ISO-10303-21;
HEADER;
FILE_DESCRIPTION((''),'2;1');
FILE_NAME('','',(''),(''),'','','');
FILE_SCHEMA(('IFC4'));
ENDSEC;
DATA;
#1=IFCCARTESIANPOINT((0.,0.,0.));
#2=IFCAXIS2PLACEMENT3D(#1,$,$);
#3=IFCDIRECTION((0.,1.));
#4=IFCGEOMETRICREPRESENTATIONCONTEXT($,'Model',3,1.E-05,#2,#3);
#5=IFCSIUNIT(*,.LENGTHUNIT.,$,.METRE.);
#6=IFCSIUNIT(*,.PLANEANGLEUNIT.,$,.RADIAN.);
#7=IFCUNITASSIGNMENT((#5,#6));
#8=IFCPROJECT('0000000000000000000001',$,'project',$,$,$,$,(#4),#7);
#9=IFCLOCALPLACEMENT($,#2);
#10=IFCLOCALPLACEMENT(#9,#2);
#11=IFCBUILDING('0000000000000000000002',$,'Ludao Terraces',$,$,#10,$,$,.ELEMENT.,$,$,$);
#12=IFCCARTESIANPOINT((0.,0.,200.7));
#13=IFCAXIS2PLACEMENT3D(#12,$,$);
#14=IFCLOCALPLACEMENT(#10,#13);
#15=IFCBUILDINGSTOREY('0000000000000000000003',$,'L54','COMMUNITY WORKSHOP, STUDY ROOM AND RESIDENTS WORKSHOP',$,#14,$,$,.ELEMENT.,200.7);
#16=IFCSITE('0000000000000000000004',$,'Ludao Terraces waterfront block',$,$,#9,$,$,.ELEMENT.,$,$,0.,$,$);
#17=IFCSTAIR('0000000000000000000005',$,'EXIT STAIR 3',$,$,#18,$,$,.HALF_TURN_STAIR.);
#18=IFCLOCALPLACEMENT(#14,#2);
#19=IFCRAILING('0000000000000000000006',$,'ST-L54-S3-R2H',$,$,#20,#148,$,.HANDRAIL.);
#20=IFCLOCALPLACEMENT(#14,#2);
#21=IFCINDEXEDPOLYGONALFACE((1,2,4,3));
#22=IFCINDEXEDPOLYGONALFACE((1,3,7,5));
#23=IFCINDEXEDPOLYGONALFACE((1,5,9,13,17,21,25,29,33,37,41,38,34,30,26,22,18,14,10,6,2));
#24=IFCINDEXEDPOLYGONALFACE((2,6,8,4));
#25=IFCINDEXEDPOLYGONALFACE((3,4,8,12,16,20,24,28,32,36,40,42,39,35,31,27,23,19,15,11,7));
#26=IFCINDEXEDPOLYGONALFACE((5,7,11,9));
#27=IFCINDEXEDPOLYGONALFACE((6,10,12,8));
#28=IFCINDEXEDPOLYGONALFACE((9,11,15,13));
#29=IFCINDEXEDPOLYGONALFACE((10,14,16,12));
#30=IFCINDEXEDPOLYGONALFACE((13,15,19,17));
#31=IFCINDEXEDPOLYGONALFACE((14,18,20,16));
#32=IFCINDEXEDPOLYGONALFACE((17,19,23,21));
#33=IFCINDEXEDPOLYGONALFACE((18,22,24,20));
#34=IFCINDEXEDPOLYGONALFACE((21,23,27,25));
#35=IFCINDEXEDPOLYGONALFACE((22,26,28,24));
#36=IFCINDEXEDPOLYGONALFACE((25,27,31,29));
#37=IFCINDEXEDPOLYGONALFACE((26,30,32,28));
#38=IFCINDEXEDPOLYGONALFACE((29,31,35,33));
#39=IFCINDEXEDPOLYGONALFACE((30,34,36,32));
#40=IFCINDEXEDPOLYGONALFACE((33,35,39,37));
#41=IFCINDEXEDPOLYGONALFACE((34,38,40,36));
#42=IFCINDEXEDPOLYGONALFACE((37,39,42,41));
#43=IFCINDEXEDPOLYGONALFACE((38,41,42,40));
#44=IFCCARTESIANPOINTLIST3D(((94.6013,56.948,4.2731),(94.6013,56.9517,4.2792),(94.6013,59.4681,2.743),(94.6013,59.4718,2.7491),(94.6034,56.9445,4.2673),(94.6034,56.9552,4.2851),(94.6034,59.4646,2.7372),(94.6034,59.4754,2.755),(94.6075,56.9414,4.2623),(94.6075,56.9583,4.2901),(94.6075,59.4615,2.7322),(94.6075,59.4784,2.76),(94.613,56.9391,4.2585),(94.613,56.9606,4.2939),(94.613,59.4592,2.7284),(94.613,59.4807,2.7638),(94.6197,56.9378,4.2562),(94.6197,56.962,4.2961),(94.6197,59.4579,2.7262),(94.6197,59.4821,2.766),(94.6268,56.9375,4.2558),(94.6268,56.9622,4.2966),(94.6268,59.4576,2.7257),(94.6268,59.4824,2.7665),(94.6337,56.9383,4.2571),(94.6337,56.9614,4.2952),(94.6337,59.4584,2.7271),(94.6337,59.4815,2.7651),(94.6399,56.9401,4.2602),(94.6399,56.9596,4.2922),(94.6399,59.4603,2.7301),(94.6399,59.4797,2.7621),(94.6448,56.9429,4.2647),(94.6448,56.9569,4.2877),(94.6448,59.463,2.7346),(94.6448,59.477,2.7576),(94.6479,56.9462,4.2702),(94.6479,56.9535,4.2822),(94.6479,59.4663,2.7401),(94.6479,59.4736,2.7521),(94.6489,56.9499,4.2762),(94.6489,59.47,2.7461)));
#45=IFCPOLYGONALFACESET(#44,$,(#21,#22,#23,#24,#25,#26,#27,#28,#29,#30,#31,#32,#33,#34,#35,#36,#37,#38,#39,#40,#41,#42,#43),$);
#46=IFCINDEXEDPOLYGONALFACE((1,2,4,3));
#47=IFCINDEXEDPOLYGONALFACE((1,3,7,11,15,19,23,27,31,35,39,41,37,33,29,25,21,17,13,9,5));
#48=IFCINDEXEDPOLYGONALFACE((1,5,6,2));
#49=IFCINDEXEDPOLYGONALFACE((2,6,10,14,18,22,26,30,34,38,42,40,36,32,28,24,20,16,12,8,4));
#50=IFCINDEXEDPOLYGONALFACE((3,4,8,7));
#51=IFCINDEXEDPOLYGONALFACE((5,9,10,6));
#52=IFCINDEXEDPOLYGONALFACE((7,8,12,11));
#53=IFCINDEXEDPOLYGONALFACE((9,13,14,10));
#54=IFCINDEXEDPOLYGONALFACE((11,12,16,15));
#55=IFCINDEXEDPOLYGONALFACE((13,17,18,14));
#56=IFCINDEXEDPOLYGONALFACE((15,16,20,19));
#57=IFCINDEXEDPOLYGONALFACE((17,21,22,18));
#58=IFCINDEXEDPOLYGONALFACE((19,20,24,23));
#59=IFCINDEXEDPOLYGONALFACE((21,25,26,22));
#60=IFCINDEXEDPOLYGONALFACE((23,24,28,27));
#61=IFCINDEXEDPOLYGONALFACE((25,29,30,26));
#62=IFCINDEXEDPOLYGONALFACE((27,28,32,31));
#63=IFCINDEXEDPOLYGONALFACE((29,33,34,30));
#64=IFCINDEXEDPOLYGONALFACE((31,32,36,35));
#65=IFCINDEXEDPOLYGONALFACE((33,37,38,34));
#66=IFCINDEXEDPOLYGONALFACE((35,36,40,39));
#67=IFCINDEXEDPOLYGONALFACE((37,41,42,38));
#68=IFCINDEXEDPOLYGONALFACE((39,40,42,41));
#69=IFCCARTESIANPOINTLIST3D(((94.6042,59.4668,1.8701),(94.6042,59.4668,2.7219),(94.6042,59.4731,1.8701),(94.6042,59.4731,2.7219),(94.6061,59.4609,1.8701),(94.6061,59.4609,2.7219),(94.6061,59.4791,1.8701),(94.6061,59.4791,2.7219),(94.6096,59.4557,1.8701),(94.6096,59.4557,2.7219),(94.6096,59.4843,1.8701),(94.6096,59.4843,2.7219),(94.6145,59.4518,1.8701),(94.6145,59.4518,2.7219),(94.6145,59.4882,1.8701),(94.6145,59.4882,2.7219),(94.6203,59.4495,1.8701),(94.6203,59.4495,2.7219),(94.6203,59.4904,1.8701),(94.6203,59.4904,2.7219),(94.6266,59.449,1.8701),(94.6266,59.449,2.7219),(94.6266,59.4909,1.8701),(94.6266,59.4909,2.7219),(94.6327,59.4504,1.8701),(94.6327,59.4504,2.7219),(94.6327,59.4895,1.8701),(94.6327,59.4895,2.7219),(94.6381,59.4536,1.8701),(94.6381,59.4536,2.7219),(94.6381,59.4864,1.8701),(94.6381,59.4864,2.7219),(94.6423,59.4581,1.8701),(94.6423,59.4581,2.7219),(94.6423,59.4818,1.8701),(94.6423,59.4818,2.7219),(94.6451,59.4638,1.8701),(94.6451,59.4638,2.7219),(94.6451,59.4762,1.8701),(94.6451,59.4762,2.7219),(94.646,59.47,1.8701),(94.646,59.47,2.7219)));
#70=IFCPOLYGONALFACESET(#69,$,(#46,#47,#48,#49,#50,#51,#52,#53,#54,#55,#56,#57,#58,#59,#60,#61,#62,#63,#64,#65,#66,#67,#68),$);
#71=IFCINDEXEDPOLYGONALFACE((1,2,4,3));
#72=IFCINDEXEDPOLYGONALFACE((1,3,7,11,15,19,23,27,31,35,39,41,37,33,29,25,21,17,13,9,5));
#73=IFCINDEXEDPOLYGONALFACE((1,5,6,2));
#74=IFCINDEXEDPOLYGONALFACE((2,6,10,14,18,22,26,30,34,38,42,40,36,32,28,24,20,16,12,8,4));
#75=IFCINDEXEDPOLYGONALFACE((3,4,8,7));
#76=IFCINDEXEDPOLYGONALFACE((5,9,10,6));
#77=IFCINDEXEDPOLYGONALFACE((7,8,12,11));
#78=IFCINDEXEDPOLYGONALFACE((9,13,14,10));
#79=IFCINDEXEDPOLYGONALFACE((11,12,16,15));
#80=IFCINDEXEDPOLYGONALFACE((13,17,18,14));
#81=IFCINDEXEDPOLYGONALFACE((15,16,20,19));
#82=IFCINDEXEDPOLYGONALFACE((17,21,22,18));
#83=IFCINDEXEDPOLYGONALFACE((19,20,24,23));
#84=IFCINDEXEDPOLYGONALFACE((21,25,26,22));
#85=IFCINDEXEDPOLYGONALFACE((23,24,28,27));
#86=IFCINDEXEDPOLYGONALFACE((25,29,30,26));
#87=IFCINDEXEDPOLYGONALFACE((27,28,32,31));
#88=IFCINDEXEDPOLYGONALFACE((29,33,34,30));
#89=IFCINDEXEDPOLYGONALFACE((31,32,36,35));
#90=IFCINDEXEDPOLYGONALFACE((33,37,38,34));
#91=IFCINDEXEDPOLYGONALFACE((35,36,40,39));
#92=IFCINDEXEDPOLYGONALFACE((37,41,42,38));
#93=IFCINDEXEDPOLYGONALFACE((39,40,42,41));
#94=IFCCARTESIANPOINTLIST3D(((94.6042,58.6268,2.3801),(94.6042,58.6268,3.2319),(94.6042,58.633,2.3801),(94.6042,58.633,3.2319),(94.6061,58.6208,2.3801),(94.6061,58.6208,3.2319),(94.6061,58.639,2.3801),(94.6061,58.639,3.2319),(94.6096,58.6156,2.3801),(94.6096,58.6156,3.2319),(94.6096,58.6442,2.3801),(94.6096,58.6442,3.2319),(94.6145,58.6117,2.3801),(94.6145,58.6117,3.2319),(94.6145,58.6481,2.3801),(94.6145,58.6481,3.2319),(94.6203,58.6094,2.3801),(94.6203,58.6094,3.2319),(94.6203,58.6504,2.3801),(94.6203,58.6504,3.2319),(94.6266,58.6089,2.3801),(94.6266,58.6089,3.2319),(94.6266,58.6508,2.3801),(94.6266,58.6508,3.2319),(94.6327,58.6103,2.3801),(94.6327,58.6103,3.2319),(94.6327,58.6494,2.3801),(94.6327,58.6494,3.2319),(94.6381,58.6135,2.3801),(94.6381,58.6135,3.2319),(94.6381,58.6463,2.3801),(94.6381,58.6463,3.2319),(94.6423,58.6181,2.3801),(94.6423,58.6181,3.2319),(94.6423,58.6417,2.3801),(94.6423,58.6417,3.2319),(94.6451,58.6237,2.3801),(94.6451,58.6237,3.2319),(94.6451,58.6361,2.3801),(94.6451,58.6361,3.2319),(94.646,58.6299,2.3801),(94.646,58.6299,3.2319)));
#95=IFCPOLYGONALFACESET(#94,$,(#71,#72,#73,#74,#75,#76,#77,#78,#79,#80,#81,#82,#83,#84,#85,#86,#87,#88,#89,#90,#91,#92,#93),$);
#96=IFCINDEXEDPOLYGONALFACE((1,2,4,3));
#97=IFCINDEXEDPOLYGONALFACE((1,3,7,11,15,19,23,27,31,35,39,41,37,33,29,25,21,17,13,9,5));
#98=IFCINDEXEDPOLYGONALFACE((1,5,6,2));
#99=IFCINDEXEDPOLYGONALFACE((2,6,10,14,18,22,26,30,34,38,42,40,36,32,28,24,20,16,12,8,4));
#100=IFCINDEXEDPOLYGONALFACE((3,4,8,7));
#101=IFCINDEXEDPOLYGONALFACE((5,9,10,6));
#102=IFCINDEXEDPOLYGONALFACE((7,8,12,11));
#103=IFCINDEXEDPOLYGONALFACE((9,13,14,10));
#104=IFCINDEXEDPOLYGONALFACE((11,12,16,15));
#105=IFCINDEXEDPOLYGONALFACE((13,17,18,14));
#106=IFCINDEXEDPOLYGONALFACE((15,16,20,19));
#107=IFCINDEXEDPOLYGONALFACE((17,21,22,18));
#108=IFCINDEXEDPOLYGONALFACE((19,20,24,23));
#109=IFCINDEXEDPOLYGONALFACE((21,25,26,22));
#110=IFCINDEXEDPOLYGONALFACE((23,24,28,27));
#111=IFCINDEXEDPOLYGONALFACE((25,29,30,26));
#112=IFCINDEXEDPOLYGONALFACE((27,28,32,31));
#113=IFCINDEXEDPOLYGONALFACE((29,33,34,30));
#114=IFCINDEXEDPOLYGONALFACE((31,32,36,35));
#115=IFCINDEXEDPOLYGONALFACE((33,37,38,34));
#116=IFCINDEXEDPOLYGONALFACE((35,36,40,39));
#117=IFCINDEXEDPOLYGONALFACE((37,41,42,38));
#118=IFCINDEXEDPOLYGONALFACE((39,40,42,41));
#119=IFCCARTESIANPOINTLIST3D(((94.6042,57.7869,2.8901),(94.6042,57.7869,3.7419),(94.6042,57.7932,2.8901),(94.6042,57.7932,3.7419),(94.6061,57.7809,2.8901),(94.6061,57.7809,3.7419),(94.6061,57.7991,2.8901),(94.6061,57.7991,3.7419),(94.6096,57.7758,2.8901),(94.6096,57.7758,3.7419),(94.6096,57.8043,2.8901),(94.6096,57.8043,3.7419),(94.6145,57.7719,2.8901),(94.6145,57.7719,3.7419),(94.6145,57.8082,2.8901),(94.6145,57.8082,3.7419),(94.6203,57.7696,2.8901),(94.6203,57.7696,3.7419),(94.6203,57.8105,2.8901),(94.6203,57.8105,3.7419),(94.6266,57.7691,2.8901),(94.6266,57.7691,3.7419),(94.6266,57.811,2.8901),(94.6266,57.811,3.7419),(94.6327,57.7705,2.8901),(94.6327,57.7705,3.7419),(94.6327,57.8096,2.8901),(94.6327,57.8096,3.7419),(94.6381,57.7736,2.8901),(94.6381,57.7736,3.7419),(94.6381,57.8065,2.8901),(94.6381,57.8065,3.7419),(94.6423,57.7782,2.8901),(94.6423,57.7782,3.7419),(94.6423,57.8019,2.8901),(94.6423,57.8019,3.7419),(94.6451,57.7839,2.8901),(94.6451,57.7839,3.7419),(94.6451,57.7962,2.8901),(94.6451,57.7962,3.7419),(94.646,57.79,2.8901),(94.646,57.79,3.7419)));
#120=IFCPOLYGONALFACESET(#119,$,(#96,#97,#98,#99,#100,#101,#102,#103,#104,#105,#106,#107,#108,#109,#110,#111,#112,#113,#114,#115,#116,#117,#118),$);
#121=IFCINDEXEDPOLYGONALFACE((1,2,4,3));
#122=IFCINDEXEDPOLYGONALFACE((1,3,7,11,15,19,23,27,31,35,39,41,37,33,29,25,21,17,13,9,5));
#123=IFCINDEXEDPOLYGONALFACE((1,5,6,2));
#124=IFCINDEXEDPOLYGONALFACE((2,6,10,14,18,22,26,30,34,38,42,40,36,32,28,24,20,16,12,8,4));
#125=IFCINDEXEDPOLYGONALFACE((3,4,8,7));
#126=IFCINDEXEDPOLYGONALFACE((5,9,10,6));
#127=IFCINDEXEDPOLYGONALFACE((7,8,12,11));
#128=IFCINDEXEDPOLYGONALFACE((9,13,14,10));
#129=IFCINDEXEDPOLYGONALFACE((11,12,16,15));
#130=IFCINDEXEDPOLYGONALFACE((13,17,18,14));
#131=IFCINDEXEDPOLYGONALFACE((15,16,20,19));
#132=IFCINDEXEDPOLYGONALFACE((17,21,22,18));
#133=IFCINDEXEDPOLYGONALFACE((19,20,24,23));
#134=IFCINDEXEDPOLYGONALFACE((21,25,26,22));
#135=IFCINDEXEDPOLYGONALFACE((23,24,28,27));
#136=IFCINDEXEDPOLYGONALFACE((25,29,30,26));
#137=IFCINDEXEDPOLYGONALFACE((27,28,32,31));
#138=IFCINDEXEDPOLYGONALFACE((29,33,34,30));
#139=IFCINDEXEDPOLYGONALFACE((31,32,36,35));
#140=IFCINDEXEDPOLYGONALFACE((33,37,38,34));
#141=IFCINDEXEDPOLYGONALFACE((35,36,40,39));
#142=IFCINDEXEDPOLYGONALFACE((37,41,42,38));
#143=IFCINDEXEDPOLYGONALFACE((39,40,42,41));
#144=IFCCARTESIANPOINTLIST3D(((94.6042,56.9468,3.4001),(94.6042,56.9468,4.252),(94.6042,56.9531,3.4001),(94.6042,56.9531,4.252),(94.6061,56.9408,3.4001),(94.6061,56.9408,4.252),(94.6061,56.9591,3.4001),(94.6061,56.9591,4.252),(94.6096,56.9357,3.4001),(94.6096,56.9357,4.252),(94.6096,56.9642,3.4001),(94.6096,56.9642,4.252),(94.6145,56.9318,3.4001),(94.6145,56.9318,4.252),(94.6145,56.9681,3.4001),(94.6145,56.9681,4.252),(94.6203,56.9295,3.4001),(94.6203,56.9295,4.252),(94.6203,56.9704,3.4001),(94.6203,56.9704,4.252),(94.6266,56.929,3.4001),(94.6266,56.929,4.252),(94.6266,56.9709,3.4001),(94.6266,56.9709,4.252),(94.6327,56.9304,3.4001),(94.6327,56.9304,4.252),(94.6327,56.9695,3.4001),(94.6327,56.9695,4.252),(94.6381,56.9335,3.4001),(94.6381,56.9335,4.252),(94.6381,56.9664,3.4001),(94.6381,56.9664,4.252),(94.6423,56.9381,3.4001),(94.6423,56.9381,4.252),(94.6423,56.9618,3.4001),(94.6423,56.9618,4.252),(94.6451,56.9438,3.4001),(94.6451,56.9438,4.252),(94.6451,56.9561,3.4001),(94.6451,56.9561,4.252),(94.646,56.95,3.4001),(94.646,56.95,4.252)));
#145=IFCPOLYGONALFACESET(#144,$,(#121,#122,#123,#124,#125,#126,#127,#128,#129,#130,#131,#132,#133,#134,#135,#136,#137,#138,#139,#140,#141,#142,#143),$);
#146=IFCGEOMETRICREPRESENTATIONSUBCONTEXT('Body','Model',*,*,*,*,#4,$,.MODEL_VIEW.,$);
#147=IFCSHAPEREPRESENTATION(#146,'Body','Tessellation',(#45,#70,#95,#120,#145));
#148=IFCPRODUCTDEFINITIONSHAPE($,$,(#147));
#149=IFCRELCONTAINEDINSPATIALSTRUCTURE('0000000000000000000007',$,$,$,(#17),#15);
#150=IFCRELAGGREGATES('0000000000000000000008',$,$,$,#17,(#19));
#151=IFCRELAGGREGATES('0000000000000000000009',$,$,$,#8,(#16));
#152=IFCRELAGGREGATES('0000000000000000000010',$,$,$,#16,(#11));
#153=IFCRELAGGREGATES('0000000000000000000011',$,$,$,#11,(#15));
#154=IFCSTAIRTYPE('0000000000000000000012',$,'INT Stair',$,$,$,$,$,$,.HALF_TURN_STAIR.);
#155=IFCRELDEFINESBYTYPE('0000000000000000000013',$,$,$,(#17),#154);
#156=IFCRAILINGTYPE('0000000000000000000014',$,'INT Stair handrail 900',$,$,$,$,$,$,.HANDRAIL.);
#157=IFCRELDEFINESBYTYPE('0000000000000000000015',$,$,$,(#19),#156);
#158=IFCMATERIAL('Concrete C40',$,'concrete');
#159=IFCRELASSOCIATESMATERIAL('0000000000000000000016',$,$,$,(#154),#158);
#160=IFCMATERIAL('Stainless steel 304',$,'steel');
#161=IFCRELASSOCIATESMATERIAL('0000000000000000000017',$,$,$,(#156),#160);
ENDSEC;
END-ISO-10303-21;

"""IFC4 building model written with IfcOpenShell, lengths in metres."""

from ifc_helpers import new_model, si_unit, direction, frame, origin, origin_2d, place, context, subcontext, project, spatial, circle, extrude, material, type_object, element, aggregate, save


model = new_model("IFC4")

# Units and contexts
model_context = context("Model", 3, precision=1e-05, world=origin(), true_north=direction((0.0, 1.0)))
body_context = subcontext(model_context, "Body", "Model", "MODEL_VIEW")
ifc_project = project(units=[si_unit("LENGTHUNIT", "METRE"), si_unit("PLANEANGLEUNIT", "RADIAN")], contexts=[model_context])

# Site, building, storey
site_placement = place(None, origin())
site = spatial("IfcSite", under=ifc_project, at=site_placement, Name="Ludao Terraces waterfront block", CompositionType="ELEMENT", RefElevation=0.0)
building_placement = place(site_placement, origin())
building = spatial("IfcBuilding", under=site, at=building_placement, Name="Ludao Terraces", CompositionType="ELEMENT")
storey_placement = place(building_placement, frame((0.0, 0.0, 200.7)))
storey = spatial("IfcBuildingStorey", under=building, at=storey_placement, Name="L54", Description="COMMUNITY WORKSHOP, STUDY ROOM AND RESIDENTS WORKSHOP", CompositionType="ELEMENT", Elevation=200.7)

# Shared definitions
ifc_material_1 = material(Name="Concrete C40", Category="concrete")

# Stair, railing
stair_type = type_object("IfcStairType", Name="INT Stair", PredefinedType="HALF_TURN_STAIR", material=ifc_material_1)
stair_placement = place(storey_placement, origin())
stair = element("IfcStair", 1, at=stair_placement, inside=storey, type_object=stair_type, Name="EXIT STAIR 3", PredefinedType="HALF_TURN_STAIR")
ifc_material_2 = material(Name="Stainless steel 304", Category="steel")
railing_type_1 = type_object("IfcRailingType", Name="INT Stair handrail 900", PredefinedType="HANDRAIL", material=ifc_material_2)
railing_1_placement = place(storey_placement, frame((94.625, 59.47, 1.8701)))
railing_1 = element("IfcRailing", 2, at=railing_1_placement, type_object=railing_type_1, Name="ST-L54-S3-R2H", PredefinedType="HANDRAIL", context=body_context, shape_type="SweptSolid", body=[
    extrude(circle(Radius=0.0239, at=origin_2d()), frame((0.0, 0.0, 0.876), z_axis=(0.0, -0.854785, 0.518982), x_axis=(1.0, 0.0, 0.0)), (0.0, 0.0, 1.0), 2.9482),
    extrude(circle(Radius=0.021, at=origin_2d()), origin(), (0.0, 0.0, 1.0), 0.8518),
    extrude(circle(Radius=0.021, at=origin_2d()), frame((0.0, -0.8401, 0.51)), (0.0, 0.0, 1.0), 0.8518),
    extrude(circle(Radius=0.021, at=origin_2d()), frame((0.0, -1.6799, 1.02)), (0.0, 0.0, 1.0), 0.8518),
    extrude(circle(Radius=0.021, at=origin_2d()), frame((0.0, -2.52, 1.53)), (0.0, 0.0, 1.0), 0.8518),
])
aggregate(stair, [railing_1])

save(model, "model.ifc")
